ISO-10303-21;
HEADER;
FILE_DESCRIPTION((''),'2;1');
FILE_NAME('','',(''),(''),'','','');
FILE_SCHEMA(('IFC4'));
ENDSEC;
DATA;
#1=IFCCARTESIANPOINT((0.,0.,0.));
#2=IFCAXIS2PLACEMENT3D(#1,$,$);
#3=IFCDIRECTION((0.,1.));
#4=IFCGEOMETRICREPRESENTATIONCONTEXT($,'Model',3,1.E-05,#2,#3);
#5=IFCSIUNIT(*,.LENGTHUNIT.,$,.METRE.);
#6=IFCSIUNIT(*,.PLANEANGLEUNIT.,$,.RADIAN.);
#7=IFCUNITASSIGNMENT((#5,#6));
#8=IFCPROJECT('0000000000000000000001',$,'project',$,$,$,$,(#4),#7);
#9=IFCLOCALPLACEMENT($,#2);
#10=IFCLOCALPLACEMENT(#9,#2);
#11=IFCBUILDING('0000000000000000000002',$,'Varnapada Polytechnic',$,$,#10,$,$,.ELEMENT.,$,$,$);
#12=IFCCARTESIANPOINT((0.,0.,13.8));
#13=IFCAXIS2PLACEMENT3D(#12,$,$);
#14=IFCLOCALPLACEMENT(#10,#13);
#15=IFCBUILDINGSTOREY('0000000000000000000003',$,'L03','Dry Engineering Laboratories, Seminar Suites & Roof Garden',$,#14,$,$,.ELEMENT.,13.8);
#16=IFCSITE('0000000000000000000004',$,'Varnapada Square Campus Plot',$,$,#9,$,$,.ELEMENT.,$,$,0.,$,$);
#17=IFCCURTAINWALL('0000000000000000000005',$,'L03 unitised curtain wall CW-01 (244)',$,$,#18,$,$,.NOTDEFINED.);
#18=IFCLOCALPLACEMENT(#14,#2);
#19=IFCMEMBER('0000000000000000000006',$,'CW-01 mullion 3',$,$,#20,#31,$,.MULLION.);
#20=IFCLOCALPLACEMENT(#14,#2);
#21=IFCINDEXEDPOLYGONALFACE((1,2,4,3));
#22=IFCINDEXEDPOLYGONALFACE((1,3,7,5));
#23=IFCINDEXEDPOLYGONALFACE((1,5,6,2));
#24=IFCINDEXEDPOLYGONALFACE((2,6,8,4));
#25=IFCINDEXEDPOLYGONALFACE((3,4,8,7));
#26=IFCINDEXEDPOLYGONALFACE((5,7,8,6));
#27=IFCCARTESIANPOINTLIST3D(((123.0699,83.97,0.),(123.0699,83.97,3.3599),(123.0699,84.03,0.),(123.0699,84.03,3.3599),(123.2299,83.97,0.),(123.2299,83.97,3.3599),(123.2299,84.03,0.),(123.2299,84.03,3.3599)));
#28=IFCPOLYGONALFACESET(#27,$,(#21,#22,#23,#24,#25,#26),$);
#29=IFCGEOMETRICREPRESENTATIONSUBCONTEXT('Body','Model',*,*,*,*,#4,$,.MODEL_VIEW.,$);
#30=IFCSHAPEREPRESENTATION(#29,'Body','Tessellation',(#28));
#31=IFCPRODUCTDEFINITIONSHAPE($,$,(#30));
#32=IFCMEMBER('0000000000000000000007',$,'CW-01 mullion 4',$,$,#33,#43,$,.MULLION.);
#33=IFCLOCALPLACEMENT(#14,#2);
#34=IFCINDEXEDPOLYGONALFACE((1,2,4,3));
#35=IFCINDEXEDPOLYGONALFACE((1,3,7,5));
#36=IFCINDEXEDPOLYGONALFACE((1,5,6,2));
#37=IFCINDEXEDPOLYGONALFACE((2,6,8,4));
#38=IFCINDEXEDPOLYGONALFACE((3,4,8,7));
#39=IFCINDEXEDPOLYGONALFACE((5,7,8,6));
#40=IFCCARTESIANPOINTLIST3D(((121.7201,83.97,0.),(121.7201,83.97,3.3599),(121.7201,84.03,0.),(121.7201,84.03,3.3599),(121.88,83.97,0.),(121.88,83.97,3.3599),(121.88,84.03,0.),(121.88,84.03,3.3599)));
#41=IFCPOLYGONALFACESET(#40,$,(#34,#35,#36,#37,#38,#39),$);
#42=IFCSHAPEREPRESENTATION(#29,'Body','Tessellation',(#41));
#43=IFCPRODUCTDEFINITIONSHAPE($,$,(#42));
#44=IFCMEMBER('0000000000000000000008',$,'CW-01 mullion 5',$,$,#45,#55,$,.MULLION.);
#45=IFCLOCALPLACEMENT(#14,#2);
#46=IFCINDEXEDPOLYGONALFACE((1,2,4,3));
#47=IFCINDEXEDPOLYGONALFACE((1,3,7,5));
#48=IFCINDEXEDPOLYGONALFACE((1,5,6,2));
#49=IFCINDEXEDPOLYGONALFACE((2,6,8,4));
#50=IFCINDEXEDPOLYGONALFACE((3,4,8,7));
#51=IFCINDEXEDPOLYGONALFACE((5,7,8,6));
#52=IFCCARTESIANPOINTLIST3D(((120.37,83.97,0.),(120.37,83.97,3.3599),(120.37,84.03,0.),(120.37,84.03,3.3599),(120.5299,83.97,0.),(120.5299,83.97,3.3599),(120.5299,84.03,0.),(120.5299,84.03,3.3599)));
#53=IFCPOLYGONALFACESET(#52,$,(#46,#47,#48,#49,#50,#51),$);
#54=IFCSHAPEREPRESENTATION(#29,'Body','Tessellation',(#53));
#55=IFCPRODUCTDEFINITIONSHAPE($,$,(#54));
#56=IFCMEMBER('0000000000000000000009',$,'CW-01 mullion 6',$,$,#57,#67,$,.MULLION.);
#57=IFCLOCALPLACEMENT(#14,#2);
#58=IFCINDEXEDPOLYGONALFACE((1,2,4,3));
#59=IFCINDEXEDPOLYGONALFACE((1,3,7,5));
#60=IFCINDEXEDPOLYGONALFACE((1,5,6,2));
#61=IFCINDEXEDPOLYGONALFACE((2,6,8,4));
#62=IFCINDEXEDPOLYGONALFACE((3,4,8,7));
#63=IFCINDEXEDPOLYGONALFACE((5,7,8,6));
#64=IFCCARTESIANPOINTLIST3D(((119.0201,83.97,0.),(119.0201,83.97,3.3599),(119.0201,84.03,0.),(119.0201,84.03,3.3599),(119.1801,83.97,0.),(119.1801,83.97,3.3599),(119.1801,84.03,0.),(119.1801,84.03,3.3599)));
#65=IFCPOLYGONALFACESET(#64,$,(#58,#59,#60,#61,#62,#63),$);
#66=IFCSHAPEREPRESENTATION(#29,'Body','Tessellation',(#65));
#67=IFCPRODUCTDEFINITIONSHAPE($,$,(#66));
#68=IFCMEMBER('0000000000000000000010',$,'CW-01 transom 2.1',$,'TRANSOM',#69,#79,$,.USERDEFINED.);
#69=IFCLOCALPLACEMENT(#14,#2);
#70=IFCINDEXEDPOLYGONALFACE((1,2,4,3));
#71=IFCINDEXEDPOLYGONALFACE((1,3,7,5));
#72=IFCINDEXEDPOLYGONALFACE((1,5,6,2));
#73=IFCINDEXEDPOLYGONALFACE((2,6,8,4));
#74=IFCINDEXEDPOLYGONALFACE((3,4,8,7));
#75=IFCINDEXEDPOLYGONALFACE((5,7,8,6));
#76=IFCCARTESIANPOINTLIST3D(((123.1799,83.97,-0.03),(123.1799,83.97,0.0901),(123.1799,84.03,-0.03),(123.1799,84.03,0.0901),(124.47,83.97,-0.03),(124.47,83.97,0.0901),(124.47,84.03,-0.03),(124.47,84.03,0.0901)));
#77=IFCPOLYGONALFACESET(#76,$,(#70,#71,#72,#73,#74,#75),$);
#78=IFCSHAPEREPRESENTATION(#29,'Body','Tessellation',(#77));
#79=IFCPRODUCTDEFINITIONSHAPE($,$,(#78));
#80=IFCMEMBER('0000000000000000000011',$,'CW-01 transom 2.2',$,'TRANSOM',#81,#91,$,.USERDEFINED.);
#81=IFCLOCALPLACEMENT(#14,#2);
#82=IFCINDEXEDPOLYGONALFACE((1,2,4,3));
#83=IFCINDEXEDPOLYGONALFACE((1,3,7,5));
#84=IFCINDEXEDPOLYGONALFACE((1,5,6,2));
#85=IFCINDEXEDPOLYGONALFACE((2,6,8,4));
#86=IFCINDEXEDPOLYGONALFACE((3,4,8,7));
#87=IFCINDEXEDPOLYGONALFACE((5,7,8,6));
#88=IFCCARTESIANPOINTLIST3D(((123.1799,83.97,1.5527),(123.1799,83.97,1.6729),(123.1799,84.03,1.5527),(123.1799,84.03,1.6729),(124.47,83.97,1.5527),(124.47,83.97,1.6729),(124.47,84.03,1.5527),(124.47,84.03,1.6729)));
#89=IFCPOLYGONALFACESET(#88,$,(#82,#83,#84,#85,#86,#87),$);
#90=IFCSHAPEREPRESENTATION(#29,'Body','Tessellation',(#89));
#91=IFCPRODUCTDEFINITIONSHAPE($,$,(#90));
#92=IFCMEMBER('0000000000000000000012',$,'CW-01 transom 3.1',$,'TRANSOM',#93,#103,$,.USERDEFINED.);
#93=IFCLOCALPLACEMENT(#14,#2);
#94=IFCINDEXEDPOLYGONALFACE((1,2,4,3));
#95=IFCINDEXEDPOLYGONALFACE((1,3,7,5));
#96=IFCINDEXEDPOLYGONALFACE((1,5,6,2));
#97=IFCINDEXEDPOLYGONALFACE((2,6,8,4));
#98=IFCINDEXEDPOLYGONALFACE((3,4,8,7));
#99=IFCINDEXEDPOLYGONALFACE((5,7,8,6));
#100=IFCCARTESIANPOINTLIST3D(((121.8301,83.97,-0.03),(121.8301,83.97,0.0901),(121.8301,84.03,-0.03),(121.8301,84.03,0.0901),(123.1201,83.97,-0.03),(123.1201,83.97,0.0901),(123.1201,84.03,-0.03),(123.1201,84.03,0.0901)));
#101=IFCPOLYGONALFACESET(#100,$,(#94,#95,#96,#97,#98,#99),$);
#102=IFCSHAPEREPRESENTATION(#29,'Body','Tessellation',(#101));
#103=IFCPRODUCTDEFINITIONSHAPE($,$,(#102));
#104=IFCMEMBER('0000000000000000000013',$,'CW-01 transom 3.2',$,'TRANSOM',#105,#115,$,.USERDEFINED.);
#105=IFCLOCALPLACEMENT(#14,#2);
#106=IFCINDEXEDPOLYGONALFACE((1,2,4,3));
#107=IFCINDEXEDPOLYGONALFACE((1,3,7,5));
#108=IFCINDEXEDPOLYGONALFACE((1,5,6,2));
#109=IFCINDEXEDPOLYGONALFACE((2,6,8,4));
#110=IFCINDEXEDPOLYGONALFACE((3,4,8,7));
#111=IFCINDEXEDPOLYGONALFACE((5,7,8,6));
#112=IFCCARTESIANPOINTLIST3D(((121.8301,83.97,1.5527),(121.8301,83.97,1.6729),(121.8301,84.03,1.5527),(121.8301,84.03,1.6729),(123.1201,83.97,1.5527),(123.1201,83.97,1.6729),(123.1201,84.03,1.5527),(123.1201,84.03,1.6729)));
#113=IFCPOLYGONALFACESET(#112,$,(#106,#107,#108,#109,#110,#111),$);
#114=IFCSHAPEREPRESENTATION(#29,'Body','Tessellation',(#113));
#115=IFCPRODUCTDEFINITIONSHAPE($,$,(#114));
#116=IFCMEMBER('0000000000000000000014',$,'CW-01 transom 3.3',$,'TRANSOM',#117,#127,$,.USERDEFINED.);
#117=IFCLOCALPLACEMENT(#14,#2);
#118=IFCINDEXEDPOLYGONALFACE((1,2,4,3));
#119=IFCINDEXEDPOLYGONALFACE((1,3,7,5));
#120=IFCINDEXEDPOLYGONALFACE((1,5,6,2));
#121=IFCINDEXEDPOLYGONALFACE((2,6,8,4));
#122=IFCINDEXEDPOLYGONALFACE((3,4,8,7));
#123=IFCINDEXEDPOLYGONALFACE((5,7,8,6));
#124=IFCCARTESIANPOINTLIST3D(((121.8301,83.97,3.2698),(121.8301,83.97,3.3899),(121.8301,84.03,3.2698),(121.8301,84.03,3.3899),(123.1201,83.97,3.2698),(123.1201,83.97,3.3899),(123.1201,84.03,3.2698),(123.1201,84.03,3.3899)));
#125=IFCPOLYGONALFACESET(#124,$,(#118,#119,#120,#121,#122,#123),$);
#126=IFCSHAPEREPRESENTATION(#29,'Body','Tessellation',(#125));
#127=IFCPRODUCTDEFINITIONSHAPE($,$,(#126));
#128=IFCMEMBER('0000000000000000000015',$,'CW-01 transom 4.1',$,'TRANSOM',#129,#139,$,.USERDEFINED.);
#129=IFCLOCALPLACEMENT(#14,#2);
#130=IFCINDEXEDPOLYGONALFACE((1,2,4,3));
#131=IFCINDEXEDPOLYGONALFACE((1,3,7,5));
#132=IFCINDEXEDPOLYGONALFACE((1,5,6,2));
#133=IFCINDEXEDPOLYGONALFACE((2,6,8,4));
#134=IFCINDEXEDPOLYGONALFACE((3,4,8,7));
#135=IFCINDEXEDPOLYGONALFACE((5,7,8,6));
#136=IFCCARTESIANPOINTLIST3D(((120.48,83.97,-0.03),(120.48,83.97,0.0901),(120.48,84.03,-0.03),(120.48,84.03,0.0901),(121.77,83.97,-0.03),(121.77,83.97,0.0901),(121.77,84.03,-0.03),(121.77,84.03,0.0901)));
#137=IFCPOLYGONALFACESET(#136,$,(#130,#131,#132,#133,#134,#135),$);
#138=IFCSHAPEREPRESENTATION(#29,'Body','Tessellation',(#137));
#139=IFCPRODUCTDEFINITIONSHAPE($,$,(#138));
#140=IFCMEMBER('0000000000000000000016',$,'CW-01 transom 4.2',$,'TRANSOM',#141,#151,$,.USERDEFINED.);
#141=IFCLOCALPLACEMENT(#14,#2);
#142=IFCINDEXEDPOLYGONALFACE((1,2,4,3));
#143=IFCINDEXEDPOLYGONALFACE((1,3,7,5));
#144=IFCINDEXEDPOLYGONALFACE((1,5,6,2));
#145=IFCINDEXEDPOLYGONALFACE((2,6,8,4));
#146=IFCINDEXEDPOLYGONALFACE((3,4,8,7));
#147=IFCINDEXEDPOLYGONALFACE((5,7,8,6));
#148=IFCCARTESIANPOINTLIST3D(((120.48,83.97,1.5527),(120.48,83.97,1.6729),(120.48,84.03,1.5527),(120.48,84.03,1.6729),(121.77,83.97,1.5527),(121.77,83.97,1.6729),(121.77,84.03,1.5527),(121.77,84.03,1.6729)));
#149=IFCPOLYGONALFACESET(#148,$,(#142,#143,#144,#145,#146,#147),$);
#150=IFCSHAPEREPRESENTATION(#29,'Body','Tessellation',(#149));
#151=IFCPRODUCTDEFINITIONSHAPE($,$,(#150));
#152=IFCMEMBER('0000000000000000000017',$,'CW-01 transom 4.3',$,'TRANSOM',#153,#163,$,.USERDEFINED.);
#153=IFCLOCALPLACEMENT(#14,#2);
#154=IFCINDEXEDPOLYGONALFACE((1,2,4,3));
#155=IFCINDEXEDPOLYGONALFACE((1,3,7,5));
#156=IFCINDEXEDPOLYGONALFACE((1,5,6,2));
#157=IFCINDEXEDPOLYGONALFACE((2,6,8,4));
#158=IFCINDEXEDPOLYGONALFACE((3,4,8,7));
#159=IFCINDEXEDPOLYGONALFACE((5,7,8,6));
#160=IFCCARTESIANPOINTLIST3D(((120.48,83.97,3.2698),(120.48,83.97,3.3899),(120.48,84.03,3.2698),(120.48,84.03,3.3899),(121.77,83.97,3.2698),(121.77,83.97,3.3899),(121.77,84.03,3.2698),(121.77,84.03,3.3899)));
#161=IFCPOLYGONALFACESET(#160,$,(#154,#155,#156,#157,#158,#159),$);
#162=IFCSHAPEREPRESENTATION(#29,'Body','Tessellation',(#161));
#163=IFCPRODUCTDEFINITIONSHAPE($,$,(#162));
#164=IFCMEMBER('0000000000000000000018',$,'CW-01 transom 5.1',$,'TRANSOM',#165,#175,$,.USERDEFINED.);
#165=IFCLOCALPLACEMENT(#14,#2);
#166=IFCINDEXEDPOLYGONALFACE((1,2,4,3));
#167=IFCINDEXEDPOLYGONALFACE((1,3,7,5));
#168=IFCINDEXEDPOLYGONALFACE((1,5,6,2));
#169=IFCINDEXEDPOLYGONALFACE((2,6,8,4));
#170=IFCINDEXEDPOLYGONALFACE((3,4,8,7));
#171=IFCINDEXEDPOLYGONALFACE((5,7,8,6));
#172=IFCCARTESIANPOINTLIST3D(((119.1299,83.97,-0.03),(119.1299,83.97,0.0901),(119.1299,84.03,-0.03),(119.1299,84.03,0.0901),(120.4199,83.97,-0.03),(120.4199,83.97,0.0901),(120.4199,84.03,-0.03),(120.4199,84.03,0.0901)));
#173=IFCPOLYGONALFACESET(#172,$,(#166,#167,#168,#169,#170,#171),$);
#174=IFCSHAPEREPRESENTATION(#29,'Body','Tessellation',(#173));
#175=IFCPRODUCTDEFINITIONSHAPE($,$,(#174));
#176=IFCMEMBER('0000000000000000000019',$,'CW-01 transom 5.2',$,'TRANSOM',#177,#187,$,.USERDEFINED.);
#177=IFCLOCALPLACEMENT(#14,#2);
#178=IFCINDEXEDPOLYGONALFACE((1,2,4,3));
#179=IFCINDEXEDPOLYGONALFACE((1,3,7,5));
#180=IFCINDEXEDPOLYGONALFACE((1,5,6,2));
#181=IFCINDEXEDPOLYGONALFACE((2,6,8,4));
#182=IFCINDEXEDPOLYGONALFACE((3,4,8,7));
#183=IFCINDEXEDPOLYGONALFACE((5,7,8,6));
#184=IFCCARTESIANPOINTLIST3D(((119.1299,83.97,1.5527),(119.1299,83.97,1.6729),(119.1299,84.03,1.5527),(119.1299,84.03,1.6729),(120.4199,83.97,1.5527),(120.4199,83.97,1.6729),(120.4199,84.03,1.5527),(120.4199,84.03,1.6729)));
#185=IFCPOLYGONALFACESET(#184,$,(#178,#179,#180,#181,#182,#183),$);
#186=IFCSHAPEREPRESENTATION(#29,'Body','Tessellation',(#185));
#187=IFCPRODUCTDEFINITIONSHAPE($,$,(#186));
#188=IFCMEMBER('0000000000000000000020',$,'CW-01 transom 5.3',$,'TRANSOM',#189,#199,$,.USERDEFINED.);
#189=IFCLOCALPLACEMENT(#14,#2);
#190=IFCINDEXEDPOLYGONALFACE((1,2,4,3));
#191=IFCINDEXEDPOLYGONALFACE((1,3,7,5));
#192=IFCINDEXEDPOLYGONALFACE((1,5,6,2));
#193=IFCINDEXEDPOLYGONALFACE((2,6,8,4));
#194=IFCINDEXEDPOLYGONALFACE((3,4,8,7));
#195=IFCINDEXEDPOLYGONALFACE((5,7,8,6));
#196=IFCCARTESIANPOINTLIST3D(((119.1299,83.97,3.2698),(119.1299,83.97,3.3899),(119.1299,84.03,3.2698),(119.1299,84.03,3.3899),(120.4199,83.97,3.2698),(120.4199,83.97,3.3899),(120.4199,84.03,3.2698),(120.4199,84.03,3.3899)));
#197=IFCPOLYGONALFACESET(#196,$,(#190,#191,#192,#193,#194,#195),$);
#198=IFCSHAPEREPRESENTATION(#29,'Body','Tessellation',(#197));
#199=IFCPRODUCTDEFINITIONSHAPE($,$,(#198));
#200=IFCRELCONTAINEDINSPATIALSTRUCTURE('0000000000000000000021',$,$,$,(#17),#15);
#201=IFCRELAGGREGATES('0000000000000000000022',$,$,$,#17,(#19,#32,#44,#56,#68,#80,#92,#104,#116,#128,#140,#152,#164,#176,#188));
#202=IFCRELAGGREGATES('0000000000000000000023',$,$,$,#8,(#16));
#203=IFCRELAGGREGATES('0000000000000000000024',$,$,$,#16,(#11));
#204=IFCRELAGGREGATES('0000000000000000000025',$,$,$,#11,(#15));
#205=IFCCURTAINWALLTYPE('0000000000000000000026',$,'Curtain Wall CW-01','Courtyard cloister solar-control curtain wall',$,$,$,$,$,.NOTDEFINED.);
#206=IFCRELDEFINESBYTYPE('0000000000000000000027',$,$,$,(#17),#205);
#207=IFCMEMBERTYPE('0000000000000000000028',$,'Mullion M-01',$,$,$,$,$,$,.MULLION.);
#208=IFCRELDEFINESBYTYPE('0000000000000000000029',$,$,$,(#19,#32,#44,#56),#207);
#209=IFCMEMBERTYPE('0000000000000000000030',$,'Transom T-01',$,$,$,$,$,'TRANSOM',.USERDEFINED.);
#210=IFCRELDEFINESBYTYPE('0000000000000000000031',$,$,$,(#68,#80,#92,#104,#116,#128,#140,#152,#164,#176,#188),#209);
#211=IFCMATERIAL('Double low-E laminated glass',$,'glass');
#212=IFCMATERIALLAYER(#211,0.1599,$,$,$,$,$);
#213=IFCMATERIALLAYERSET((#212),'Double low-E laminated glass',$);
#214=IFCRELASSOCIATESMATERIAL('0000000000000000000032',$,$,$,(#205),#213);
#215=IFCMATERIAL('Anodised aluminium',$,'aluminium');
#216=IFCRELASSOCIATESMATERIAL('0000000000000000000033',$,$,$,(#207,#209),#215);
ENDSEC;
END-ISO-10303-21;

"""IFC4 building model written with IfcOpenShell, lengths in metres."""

from ifc_helpers import new_model, si_unit, direction, frame, origin, origin_2d, place, context, subcontext, project, spatial, rectangle, extrude, material, layer, layer_set, material_profile, profile_set, type_object, element, aggregate, save


model = new_model("IFC4")

# Units and contexts
model_context = context("Model", 3, precision=1e-05, world=origin(), true_north=direction((0.0, 1.0)))
body_context = subcontext(model_context, "Body", "Model", "MODEL_VIEW")
ifc_project = project(units=[si_unit("LENGTHUNIT", "METRE"), si_unit("PLANEANGLEUNIT", "RADIAN")], contexts=[model_context])

# Site, building, storey
site_placement = place(None, origin())
site = spatial("IfcSite", under=ifc_project, at=site_placement, Name="Varnapada Square Campus Plot", CompositionType="ELEMENT", RefElevation=0.0)
building_placement = place(site_placement, origin())
building = spatial("IfcBuilding", under=site, at=building_placement, Name="Varnapada Polytechnic", CompositionType="ELEMENT")
storey_placement = place(building_placement, frame((0.0, 0.0, 13.8)))
storey = spatial("IfcBuildingStorey", under=building, at=storey_placement, Name="L03", Description="Dry Engineering Laboratories, Seminar Suites & Roof Garden", CompositionType="ELEMENT", Elevation=13.8)

# Curtain wall, members
ifc_material_1 = material(Name="Double low-E laminated glass", Category="glass")
ifc_layer_1 = layer(ifc_material_1, 0.1599)
ifc_layer_set_1 = layer_set([ifc_layer_1], Name="Double low-E laminated glass")
curtain_wall_type = type_object("IfcCurtainWallType", Name="Curtain Wall CW-01", Description="Courtyard cloister solar-control curtain wall", PredefinedType="NOTDEFINED", material=ifc_layer_set_1)
curtain_wall_placement = place(storey_placement, origin())
curtain_wall = element("IfcCurtainWall", 1, at=curtain_wall_placement, inside=storey, type_object=curtain_wall_type, Name="L03 unitised curtain wall CW-01 (244)", PredefinedType="NOTDEFINED")
ifc_material_2 = material(Name="Anodised aluminium", Category="aluminium")
ifc_material_profile_1 = material_profile(ifc_material_2, rectangle(XDim=0.0601, YDim=0.1599, at=origin_2d()), Name="ALU M60x160")
ifc_profile_set_1 = profile_set([ifc_material_profile_1], Name="Anodised aluminium")
member_type_1 = type_object("IfcMemberType", Name="Mullion M-01", PredefinedType="MULLION", material=ifc_profile_set_1)
member_1_placement = place(storey_placement, frame((123.1499, 84.0, 0.0), z_axis=(0.0, 0.0, 1.0), x_axis=(0.0, -1.0, 0.0)))
member_1 = element("IfcMember", 2, at=member_1_placement, type_object=member_type_1, Name="CW-01 mullion 3", PredefinedType="MULLION", context=body_context, shape_type="SweptSolid", body=[
    extrude(rectangle(XDim=0.0601, YDim=0.1599, at=origin_2d()), origin(), (0.0, 0.0, 1.0), 3.3599),
])
member_2_placement = place(storey_placement, frame((121.8, 84.0, 0.0), z_axis=(0.0, 0.0, 1.0), x_axis=(0.0, -1.0, 0.0)))
member_2 = element("IfcMember", 3, at=member_2_placement, type_object=member_type_1, Name="CW-01 mullion 4", PredefinedType="MULLION", context=body_context, shape_type="SweptSolid", body=[
    extrude(rectangle(XDim=0.0601, YDim=0.1599, at=origin_2d()), origin(), (0.0, 0.0, 1.0), 3.3599),
])
member_3_placement = place(storey_placement, frame((120.45, 84.0, 0.0), z_axis=(0.0, 0.0, 1.0), x_axis=(0.0, -1.0, 0.0)))
member_3 = element("IfcMember", 4, at=member_3_placement, type_object=member_type_1, Name="CW-01 mullion 5", PredefinedType="MULLION", context=body_context, shape_type="SweptSolid", body=[
    extrude(rectangle(XDim=0.0601, YDim=0.1599, at=origin_2d()), origin(), (0.0, 0.0, 1.0), 3.3599),
])
member_4_placement = place(storey_placement, frame((119.1001, 84.0, 0.0), z_axis=(0.0, 0.0, 1.0), x_axis=(0.0, -1.0, 0.0)))
member_4 = element("IfcMember", 5, at=member_4_placement, type_object=member_type_1, Name="CW-01 mullion 6", PredefinedType="MULLION", context=body_context, shape_type="SweptSolid", body=[
    extrude(rectangle(XDim=0.0601, YDim=0.1599, at=origin_2d()), origin(), (0.0, 0.0, 1.0), 3.3599),
])
ifc_material_profile_2 = material_profile(ifc_material_2, rectangle(XDim=0.0601, YDim=0.1201, at=origin_2d()), Name="ALU T60x120")
ifc_profile_set_2 = profile_set([ifc_material_profile_2], Name="Anodised aluminium")
member_type_2 = type_object("IfcMemberType", Name="Transom T-01", ElementType="TRANSOM", PredefinedType="USERDEFINED", material=ifc_profile_set_2)
member_5_placement = place(storey_placement, frame((124.47, 84.0, 0.03), z_axis=(-1.0, 0.0, 0.0), x_axis=(0.0, -1.0, 0.0)))
member_5 = element("IfcMember", 6, at=member_5_placement, type_object=member_type_2, Name="CW-01 transom 2.1", ObjectType="TRANSOM", PredefinedType="USERDEFINED", context=body_context, shape_type="SweptSolid", body=[
    extrude(rectangle(XDim=0.0601, YDim=0.1201, at=origin_2d()), origin(), (0.0, 0.0, 1.0), 1.29),
])
member_6_placement = place(storey_placement, frame((124.47, 84.0, 1.6128), z_axis=(-1.0, 0.0, 0.0), x_axis=(0.0, -1.0, 0.0)))
member_6 = element("IfcMember", 7, at=member_6_placement, type_object=member_type_2, Name="CW-01 transom 2.2", ObjectType="TRANSOM", PredefinedType="USERDEFINED", context=body_context, shape_type="SweptSolid", body=[
    extrude(rectangle(XDim=0.0601, YDim=0.1201, at=origin_2d()), origin(), (0.0, 0.0, 1.0), 1.29),
])
member_7_placement = place(storey_placement, frame((123.1201, 84.0, 0.03), z_axis=(-1.0, 0.0, 0.0), x_axis=(0.0, -1.0, 0.0)))
member_7 = element("IfcMember", 8, at=member_7_placement, type_object=member_type_2, Name="CW-01 transom 3.1", ObjectType="TRANSOM", PredefinedType="USERDEFINED", context=body_context, shape_type="SweptSolid", body=[
    extrude(rectangle(XDim=0.0601, YDim=0.1201, at=origin_2d()), origin(), (0.0, 0.0, 1.0), 1.29),
])
member_8_placement = place(storey_placement, frame((123.1201, 84.0, 1.6128), z_axis=(-1.0, 0.0, 0.0), x_axis=(0.0, -1.0, 0.0)))
member_8 = element("IfcMember", 9, at=member_8_placement, type_object=member_type_2, Name="CW-01 transom 3.2", ObjectType="TRANSOM", PredefinedType="USERDEFINED", context=body_context, shape_type="SweptSolid", body=[
    extrude(rectangle(XDim=0.0601, YDim=0.1201, at=origin_2d()), origin(), (0.0, 0.0, 1.0), 1.29),
])
member_9_placement = place(storey_placement, frame((123.1201, 84.0, 3.3298), z_axis=(-1.0, 0.0, 0.0), x_axis=(0.0, -1.0, 0.0)))
member_9 = element("IfcMember", 10, at=member_9_placement, type_object=member_type_2, Name="CW-01 transom 3.3", ObjectType="TRANSOM", PredefinedType="USERDEFINED", context=body_context, shape_type="SweptSolid", body=[
    extrude(rectangle(XDim=0.0601, YDim=0.1201, at=origin_2d()), origin(), (0.0, 0.0, 1.0), 1.29),
])
member_10_placement = place(storey_placement, frame((121.77, 84.0, 0.03), z_axis=(-1.0, 0.0, 0.0), x_axis=(0.0, -1.0, 0.0)))
member_10 = element("IfcMember", 11, at=member_10_placement, type_object=member_type_2, Name="CW-01 transom 4.1", ObjectType="TRANSOM", PredefinedType="USERDEFINED", context=body_context, shape_type="SweptSolid", body=[
    extrude(rectangle(XDim=0.0601, YDim=0.1201, at=origin_2d()), origin(), (0.0, 0.0, 1.0), 1.29),
])
member_11_placement = place(storey_placement, frame((121.77, 84.0, 1.6128), z_axis=(-1.0, 0.0, 0.0), x_axis=(0.0, -1.0, 0.0)))
member_11 = element("IfcMember", 12, at=member_11_placement, type_object=member_type_2, Name="CW-01 transom 4.2", ObjectType="TRANSOM", PredefinedType="USERDEFINED", context=body_context, shape_type="SweptSolid", body=[
    extrude(rectangle(XDim=0.0601, YDim=0.1201, at=origin_2d()), origin(), (0.0, 0.0, 1.0), 1.29),
])
member_12_placement = place(storey_placement, frame((121.77, 84.0, 3.3298), z_axis=(-1.0, 0.0, 0.0), x_axis=(0.0, -1.0, 0.0)))
member_12 = element("IfcMember", 13, at=member_12_placement, type_object=member_type_2, Name="CW-01 transom 4.3", ObjectType="TRANSOM", PredefinedType="USERDEFINED", context=body_context, shape_type="SweptSolid", body=[
    extrude(rectangle(XDim=0.0601, YDim=0.1201, at=origin_2d()), origin(), (0.0, 0.0, 1.0), 1.29),
])
member_13_placement = place(storey_placement, frame((120.4199, 84.0, 0.03), z_axis=(-1.0, 0.0, 0.0), x_axis=(0.0, -1.0, 0.0)))
member_13 = element("IfcMember", 14, at=member_13_placement, type_object=member_type_2, Name="CW-01 transom 5.1", ObjectType="TRANSOM", PredefinedType="USERDEFINED", context=body_context, shape_type="SweptSolid", body=[
    extrude(rectangle(XDim=0.0601, YDim=0.1201, at=origin_2d()), origin(), (0.0, 0.0, 1.0), 1.29),
])
member_14_placement = place(storey_placement, frame((120.4199, 84.0, 1.6128), z_axis=(-1.0, 0.0, 0.0), x_axis=(0.0, -1.0, 0.0)))
member_14 = element("IfcMember", 15, at=member_14_placement, type_object=member_type_2, Name="CW-01 transom 5.2", ObjectType="TRANSOM", PredefinedType="USERDEFINED", context=body_context, shape_type="SweptSolid", body=[
    extrude(rectangle(XDim=0.0601, YDim=0.1201, at=origin_2d()), origin(), (0.0, 0.0, 1.0), 1.29),
])
member_15_placement = place(storey_placement, frame((120.4199, 84.0, 3.3298), z_axis=(-1.0, 0.0, 0.0), x_axis=(0.0, -1.0, 0.0)))
member_15 = element("IfcMember", 16, at=member_15_placement, type_object=member_type_2, Name="CW-01 transom 5.3", ObjectType="TRANSOM", PredefinedType="USERDEFINED", context=body_context, shape_type="SweptSolid", body=[
    extrude(rectangle(XDim=0.0601, YDim=0.1201, at=origin_2d()), origin(), (0.0, 0.0, 1.0), 1.29),
])
aggregate(curtain_wall, [member_1, member_2, member_3, member_4, member_5, member_6, member_7, member_8, member_9, member_10, member_11, member_12, member_13, member_14, member_15])

save(model, "model.ifc")
